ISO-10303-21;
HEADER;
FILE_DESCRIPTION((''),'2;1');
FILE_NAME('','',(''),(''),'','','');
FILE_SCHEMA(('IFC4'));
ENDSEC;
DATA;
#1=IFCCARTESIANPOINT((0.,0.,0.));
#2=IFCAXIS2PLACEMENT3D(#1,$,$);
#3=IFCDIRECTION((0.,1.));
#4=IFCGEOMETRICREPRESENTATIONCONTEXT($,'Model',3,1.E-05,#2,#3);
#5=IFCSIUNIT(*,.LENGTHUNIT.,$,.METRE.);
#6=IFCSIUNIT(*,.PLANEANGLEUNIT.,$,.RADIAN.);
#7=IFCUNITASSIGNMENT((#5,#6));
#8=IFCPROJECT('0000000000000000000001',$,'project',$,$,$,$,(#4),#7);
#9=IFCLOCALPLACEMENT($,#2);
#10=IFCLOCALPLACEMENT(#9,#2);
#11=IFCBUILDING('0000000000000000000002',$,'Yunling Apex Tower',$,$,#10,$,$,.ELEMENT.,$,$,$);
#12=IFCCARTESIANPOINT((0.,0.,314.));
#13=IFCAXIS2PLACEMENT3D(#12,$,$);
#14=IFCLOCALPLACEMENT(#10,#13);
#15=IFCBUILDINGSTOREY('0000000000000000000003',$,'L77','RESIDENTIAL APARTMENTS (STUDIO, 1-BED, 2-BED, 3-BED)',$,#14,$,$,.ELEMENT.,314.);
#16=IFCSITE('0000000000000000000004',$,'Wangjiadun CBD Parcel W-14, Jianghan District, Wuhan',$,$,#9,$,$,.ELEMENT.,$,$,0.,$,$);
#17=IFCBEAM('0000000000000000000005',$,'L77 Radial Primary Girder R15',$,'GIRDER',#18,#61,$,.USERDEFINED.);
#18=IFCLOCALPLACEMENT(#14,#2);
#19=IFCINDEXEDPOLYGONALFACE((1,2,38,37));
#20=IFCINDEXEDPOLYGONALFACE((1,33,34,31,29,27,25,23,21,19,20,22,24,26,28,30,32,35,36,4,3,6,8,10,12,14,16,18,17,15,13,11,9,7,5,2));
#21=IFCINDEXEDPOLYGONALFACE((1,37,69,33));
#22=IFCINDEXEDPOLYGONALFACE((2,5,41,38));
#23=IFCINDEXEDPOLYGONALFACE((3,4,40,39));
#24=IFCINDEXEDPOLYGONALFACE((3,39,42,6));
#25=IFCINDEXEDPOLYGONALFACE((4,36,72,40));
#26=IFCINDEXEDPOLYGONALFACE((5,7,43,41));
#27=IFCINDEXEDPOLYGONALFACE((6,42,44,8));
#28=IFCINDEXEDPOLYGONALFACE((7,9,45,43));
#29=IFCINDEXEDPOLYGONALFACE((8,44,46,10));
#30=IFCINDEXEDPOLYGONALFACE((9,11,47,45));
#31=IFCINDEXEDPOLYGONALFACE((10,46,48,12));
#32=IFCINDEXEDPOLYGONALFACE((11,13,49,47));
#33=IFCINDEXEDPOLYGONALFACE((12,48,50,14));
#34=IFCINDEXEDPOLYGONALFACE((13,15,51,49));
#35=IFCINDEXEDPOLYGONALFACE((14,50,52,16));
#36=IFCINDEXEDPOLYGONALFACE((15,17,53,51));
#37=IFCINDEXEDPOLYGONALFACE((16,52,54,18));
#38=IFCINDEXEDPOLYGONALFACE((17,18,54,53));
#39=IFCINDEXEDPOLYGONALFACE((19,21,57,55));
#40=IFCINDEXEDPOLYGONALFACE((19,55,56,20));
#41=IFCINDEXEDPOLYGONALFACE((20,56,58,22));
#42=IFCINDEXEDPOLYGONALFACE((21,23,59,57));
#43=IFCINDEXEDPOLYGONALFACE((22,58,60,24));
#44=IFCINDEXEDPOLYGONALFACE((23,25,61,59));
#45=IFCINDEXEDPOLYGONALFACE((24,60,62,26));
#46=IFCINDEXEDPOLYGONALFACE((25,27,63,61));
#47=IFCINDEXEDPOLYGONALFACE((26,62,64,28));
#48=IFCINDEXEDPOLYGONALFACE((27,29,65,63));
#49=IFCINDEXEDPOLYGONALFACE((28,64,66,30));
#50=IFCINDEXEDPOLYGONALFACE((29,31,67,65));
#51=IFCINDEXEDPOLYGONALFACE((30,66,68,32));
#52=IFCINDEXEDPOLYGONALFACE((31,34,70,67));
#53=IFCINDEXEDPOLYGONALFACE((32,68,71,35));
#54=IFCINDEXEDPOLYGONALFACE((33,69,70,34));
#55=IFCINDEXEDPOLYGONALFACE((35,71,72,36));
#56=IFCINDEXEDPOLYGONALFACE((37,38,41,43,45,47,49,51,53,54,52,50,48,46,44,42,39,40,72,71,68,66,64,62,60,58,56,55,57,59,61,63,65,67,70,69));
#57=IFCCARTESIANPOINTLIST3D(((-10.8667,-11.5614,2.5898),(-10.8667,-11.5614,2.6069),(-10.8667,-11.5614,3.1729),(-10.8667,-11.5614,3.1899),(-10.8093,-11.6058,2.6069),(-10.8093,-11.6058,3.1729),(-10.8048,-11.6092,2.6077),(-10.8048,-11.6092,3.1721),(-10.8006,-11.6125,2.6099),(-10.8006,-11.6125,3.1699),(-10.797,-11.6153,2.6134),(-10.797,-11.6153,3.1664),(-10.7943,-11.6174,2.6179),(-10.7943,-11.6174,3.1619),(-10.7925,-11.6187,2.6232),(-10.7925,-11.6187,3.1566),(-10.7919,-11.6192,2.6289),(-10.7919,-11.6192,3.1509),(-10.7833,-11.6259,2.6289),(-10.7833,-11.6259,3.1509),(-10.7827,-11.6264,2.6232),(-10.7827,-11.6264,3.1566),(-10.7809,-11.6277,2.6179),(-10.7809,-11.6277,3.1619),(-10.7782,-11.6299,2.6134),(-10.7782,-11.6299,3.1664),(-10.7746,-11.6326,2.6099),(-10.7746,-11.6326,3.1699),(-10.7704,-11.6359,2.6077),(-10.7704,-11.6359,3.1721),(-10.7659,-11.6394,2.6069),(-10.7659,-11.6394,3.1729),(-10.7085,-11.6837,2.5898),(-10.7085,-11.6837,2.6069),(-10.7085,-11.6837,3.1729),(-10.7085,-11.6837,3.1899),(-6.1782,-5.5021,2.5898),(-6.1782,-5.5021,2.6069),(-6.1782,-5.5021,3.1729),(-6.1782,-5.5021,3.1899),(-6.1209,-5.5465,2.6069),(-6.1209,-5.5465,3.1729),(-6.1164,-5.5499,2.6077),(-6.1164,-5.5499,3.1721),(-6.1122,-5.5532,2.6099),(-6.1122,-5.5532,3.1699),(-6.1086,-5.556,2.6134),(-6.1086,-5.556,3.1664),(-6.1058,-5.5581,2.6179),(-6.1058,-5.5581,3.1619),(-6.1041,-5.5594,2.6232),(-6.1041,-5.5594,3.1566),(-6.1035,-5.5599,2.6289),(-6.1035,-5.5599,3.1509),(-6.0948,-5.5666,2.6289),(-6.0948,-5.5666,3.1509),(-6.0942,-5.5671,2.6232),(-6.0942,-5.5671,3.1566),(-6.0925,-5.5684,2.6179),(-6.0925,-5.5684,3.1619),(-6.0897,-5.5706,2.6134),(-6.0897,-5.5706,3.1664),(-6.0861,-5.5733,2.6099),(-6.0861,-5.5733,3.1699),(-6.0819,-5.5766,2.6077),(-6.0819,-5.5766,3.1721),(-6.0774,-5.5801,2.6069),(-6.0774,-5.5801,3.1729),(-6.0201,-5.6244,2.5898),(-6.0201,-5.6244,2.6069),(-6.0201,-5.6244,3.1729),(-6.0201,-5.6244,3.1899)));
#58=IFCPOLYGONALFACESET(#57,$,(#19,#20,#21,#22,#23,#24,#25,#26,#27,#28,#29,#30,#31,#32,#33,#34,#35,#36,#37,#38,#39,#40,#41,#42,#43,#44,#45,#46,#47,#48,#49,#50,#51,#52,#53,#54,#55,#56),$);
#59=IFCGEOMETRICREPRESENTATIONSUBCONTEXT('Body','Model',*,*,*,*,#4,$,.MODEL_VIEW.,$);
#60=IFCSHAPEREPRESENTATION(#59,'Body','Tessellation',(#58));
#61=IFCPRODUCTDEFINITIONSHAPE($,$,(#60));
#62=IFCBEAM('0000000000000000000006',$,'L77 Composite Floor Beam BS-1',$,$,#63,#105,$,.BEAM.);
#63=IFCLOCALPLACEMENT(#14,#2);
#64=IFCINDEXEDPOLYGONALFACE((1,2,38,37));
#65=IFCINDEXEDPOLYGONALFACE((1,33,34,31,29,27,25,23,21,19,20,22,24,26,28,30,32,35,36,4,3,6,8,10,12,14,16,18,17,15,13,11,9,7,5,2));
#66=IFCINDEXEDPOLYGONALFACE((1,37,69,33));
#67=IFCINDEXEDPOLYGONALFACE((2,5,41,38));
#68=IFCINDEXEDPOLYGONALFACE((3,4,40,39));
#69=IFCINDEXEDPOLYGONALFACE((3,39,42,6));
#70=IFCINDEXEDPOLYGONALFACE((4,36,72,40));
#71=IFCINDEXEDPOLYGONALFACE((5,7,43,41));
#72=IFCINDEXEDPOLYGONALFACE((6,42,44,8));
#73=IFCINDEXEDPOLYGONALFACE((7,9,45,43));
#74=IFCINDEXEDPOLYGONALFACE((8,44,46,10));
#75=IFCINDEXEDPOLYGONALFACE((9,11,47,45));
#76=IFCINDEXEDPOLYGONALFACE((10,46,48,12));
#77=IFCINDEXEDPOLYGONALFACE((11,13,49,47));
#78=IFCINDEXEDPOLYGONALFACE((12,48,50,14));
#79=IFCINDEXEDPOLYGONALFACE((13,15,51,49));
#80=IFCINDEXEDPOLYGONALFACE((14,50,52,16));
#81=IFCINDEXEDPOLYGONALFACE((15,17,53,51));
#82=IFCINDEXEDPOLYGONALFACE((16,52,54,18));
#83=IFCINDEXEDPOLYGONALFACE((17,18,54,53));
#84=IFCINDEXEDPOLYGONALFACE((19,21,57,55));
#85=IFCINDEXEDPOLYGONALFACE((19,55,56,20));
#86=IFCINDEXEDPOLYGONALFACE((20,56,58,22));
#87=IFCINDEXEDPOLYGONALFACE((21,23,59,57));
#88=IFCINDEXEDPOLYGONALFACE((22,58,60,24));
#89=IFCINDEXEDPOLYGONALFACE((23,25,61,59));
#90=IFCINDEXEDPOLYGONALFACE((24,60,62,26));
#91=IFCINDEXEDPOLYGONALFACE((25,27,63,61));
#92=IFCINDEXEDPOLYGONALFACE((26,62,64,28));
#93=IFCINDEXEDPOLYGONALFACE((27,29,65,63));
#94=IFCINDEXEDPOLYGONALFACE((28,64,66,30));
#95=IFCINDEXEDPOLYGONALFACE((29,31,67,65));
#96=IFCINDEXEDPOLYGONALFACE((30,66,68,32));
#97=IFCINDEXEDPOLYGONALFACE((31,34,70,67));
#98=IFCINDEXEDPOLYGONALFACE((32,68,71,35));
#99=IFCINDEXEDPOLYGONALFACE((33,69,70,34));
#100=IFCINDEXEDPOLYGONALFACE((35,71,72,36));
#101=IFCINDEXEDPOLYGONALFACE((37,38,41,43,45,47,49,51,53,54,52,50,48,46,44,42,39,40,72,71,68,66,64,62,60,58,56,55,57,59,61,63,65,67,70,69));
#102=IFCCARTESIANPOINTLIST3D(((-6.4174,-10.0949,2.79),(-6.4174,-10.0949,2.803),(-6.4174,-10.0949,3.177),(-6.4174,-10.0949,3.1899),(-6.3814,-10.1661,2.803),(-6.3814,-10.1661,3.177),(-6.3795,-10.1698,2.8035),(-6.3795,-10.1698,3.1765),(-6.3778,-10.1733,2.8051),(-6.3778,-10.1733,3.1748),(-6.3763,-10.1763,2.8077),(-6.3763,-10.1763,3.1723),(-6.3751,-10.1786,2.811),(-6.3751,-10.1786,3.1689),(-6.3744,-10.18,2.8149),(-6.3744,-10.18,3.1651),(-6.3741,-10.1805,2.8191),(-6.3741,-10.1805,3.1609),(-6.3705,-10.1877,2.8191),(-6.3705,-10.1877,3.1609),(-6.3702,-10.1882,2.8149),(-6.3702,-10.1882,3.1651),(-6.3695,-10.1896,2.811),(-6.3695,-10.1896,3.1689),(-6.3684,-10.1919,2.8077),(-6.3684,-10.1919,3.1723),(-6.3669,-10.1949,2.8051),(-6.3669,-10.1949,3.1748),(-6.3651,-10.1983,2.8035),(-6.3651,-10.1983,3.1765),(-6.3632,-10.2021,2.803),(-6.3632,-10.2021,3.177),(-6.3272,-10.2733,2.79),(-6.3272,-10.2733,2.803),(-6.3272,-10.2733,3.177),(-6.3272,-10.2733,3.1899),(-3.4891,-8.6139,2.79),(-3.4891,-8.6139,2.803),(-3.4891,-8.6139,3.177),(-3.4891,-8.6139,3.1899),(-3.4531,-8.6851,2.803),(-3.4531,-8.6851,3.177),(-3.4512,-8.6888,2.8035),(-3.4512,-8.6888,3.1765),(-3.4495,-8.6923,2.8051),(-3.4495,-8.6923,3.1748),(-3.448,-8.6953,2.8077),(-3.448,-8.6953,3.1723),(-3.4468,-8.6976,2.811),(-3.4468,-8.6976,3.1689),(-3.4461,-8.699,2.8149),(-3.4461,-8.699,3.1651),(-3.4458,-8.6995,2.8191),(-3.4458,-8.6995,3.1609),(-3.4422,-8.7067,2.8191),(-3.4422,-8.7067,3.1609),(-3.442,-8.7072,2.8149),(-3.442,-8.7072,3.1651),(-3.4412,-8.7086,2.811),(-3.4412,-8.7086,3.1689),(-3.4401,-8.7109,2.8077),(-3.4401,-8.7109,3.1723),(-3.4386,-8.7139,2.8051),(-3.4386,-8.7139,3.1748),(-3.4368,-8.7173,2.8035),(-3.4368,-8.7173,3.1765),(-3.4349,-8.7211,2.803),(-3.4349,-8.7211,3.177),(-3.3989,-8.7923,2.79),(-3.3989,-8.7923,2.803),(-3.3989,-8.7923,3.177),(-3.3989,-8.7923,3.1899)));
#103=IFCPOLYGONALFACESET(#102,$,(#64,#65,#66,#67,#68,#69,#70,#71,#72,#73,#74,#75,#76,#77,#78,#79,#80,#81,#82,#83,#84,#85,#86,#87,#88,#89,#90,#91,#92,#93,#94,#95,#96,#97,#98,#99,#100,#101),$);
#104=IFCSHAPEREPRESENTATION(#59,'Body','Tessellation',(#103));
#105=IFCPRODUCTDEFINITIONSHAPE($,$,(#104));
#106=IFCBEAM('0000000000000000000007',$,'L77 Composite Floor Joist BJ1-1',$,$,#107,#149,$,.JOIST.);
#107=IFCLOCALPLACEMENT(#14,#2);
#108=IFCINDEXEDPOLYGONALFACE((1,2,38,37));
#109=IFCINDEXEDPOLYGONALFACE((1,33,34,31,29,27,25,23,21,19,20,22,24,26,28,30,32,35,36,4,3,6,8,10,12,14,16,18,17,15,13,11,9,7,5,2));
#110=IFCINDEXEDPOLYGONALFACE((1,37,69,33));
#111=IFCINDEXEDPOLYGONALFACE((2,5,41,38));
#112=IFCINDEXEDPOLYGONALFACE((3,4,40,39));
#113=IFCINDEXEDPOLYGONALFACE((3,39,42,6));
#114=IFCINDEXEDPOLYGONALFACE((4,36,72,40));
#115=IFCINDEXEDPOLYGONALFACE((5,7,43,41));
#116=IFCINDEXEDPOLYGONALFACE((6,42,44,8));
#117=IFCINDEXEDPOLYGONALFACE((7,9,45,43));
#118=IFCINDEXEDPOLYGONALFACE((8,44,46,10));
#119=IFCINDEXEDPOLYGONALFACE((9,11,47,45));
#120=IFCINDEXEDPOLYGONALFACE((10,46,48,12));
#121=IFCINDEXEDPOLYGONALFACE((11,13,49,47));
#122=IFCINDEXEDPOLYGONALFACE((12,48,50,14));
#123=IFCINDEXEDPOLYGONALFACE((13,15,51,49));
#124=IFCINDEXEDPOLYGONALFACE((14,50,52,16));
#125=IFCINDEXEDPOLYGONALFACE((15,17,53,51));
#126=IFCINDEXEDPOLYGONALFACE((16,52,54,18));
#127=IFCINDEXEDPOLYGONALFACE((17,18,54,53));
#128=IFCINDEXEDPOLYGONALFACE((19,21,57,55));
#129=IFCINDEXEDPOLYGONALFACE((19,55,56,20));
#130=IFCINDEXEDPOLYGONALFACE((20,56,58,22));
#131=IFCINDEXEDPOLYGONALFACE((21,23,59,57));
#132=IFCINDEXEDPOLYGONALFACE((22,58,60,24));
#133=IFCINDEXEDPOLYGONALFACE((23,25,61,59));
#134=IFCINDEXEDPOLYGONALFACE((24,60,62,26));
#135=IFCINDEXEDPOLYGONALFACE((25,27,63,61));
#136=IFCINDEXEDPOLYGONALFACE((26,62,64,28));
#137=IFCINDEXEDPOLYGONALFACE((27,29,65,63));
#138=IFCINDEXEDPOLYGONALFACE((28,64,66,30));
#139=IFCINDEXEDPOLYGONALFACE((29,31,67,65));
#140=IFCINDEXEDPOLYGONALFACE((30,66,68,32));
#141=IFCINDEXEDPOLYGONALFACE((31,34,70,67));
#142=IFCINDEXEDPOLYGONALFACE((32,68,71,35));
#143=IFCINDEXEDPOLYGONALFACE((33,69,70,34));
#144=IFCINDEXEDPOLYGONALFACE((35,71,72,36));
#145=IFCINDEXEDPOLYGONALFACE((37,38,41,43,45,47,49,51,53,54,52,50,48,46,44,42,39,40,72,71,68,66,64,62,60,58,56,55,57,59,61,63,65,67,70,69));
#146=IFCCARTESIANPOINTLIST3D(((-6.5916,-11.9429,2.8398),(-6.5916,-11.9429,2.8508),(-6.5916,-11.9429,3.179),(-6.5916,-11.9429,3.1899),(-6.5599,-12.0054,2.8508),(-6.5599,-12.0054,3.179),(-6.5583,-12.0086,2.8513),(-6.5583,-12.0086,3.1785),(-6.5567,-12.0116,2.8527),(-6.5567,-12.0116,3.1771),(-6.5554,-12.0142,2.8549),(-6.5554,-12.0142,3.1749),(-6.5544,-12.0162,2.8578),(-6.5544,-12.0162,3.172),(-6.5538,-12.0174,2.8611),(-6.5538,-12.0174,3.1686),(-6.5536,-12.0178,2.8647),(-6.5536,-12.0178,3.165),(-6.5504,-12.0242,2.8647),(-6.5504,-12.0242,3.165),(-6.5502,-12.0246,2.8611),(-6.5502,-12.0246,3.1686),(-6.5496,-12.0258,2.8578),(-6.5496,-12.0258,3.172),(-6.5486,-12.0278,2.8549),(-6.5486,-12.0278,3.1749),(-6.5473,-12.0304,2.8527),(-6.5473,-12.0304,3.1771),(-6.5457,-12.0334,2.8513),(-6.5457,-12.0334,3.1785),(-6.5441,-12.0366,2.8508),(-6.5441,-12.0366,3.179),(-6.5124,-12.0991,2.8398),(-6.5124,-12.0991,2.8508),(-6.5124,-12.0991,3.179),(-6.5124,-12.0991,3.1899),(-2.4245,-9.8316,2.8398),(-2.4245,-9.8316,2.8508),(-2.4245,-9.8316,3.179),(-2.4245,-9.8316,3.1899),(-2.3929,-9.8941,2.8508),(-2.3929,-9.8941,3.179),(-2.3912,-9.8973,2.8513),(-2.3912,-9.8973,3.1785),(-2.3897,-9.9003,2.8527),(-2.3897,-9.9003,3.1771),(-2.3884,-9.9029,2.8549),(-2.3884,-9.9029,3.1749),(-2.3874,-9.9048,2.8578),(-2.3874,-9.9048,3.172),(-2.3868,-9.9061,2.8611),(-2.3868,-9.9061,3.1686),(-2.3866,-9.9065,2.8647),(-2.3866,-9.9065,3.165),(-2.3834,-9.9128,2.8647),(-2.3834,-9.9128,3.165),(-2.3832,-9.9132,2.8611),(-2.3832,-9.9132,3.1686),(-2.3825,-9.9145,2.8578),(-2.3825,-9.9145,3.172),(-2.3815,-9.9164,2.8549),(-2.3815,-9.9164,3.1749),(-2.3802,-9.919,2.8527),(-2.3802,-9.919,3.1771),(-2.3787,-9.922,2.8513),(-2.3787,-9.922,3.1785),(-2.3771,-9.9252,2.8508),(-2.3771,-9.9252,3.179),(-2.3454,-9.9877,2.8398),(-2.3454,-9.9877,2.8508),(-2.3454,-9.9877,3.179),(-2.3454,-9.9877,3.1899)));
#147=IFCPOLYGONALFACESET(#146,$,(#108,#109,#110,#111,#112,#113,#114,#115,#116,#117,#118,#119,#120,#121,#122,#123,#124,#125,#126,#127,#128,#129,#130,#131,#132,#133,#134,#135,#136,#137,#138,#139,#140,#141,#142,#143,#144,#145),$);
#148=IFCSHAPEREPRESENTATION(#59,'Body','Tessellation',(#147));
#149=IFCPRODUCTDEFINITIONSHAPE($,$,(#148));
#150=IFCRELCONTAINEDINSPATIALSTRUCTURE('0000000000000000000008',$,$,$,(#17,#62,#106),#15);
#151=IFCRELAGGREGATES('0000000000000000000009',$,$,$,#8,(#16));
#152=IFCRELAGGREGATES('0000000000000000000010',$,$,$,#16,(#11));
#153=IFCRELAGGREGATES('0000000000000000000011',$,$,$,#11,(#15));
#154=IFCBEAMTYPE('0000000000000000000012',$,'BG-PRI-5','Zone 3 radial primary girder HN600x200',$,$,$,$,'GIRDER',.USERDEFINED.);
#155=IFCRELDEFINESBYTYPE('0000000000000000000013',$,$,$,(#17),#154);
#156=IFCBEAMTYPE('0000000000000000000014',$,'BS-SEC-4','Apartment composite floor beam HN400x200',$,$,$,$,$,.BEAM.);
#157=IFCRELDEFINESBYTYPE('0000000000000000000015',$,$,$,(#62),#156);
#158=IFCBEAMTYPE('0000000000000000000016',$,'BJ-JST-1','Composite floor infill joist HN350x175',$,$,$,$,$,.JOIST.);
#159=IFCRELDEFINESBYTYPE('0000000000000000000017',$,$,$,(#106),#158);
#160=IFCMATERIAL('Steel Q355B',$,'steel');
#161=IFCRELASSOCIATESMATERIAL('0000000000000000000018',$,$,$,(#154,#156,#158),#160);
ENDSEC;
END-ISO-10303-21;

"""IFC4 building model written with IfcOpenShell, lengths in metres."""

from ifc_helpers import new_model, si_unit, direction, frame, origin, origin_2d, place, context, subcontext, project, spatial, i_section, extrude, source, transform, mapped, material, material_profile, profile_set, type_object, element, save


model = new_model("IFC4")

# Units and contexts
model_context = context("Model", 3, precision=1e-05, world=origin(), true_north=direction((0.0, 1.0)))
body_context = subcontext(model_context, "Body", "Model", "MODEL_VIEW")
ifc_project = project(units=[si_unit("LENGTHUNIT", "METRE"), si_unit("PLANEANGLEUNIT", "RADIAN")], contexts=[model_context])

# Site, building, storey
site_placement = place(None, origin())
site = spatial("IfcSite", under=ifc_project, at=site_placement, Name="Wangjiadun CBD Parcel W-14, Jianghan District, Wuhan", CompositionType="ELEMENT", RefElevation=0.0)
building_placement = place(site_placement, origin())
building = spatial("IfcBuilding", under=site, at=building_placement, Name="Yunling Apex Tower", CompositionType="ELEMENT")
storey_placement = place(building_placement, frame((0.0, 0.0, 314.0)))
storey = spatial("IfcBuildingStorey", under=building, at=storey_placement, Name="L77", Description="RESIDENTIAL APARTMENTS (STUDIO, 1-BED, 2-BED, 3-BED)", CompositionType="ELEMENT", Elevation=314.0)

# Shared definitions
ifc_material_1 = material(Name="Steel Q355B", Category="steel")

# Beams
ifc_material_profile_1 = material_profile(ifc_material_1, i_section(OverallWidth=0.2, OverallDepth=0.6001, WebThickness=0.011, FlangeThickness=0.0171, FilletRadius=0.022, at=origin_2d()))
ifc_profile_set_1 = profile_set([ifc_material_profile_1], Name="Steel Q355B")
beam_type_1 = type_object("IfcBeamType", Name="BG-PRI-5", Description="Zone 3 radial primary girder HN600x200", ElementType="GIRDER", PredefinedType="USERDEFINED", material=ifc_profile_set_1)
shared_shape_1 = source(origin(), body_context, "Body", "SweptSolid", [
    extrude(i_section(OverallWidth=0.2, OverallDepth=0.6001, WebThickness=0.011, FlangeThickness=0.0171, FilletRadius=0.022, at=origin_2d()), origin(), (0.0, 0.0, 1.0), 7.6614),
])
beam_1_placement = place(storey_placement, frame((-10.7876, -11.6226, 2.8899), z_axis=(0.61196, 0.790889, 0.0), x_axis=(-0.790889, 0.61196, 0.0)))
element("IfcBeam", 1, at=beam_1_placement, inside=storey, type_object=beam_type_1, Name="L77 Radial Primary Girder R15", ObjectType="GIRDER", PredefinedType="USERDEFINED", context=body_context, shape_type="MappedRepresentation", body=[
    mapped(shared_shape_1, transform((0.0, 0.0, 0.0), scale=1.0)),
])
ifc_material_profile_2 = material_profile(ifc_material_1, i_section(OverallWidth=0.2, OverallDepth=0.3999, WebThickness=0.0081, FlangeThickness=0.0129, FilletRadius=0.0161, at=origin_2d()))
ifc_profile_set_2 = profile_set([ifc_material_profile_2], Name="Steel Q355B")
beam_type_2 = type_object("IfcBeamType", Name="BS-SEC-4", Description="Apartment composite floor beam HN400x200", PredefinedType="BEAM", material=ifc_profile_set_2)
shared_shape_2 = source(origin(), body_context, "Body", "SweptSolid", [
    extrude(i_section(OverallWidth=0.2, OverallDepth=0.3999, WebThickness=0.0081, FlangeThickness=0.0129, FilletRadius=0.0161, at=origin_2d()), origin(), (0.0, 0.0, 1.0), 3.2815),
])
beam_2_placement = place(storey_placement, frame((-6.3723, -10.1841, 2.99), z_axis=(0.892364, 0.451316, 0.0), x_axis=(-0.451316, 0.892364, 0.0)))
element("IfcBeam", 2, at=beam_2_placement, inside=storey, type_object=beam_type_2, Name="L77 Composite Floor Beam BS-1", PredefinedType="BEAM", context=body_context, shape_type="MappedRepresentation", body=[
    mapped(shared_shape_2, transform((0.0, 0.0, 0.0), scale=1.0)),
])
ifc_material_profile_3 = material_profile(ifc_material_1, i_section(OverallWidth=0.175, OverallDepth=0.3501, WebThickness=0.0071, FlangeThickness=0.011, FilletRadius=0.0139, at=origin_2d()))
ifc_profile_set_3 = profile_set([ifc_material_profile_3], Name="Steel Q355B")
beam_type_3 = type_object("IfcBeamType", Name="BJ-JST-1", Description="Composite floor infill joist HN350x175", PredefinedType="JOIST", material=ifc_profile_set_3)
shared_shape_3 = source(origin(), body_context, "Body", "SweptSolid", [
    extrude(i_section(OverallWidth=0.175, OverallDepth=0.3501, WebThickness=0.0071, FlangeThickness=0.011, FilletRadius=0.0139, at=origin_2d()), origin(), (0.0, 0.0, 1.0), 4.6714),
])
beam_3_placement = place(storey_placement, frame((-6.552, -12.021, 3.0149), z_axis=(0.892031, 0.451974, 0.0), x_axis=(-0.451974, 0.892031, 0.0)))
element("IfcBeam", 3, at=beam_3_placement, inside=storey, type_object=beam_type_3, Name="L77 Composite Floor Joist BJ1-1", PredefinedType="JOIST", context=body_context, shape_type="MappedRepresentation", body=[
    mapped(shared_shape_3, transform((0.0, 0.0, 0.0), scale=1.0)),
])

save(model, "model.ifc")
